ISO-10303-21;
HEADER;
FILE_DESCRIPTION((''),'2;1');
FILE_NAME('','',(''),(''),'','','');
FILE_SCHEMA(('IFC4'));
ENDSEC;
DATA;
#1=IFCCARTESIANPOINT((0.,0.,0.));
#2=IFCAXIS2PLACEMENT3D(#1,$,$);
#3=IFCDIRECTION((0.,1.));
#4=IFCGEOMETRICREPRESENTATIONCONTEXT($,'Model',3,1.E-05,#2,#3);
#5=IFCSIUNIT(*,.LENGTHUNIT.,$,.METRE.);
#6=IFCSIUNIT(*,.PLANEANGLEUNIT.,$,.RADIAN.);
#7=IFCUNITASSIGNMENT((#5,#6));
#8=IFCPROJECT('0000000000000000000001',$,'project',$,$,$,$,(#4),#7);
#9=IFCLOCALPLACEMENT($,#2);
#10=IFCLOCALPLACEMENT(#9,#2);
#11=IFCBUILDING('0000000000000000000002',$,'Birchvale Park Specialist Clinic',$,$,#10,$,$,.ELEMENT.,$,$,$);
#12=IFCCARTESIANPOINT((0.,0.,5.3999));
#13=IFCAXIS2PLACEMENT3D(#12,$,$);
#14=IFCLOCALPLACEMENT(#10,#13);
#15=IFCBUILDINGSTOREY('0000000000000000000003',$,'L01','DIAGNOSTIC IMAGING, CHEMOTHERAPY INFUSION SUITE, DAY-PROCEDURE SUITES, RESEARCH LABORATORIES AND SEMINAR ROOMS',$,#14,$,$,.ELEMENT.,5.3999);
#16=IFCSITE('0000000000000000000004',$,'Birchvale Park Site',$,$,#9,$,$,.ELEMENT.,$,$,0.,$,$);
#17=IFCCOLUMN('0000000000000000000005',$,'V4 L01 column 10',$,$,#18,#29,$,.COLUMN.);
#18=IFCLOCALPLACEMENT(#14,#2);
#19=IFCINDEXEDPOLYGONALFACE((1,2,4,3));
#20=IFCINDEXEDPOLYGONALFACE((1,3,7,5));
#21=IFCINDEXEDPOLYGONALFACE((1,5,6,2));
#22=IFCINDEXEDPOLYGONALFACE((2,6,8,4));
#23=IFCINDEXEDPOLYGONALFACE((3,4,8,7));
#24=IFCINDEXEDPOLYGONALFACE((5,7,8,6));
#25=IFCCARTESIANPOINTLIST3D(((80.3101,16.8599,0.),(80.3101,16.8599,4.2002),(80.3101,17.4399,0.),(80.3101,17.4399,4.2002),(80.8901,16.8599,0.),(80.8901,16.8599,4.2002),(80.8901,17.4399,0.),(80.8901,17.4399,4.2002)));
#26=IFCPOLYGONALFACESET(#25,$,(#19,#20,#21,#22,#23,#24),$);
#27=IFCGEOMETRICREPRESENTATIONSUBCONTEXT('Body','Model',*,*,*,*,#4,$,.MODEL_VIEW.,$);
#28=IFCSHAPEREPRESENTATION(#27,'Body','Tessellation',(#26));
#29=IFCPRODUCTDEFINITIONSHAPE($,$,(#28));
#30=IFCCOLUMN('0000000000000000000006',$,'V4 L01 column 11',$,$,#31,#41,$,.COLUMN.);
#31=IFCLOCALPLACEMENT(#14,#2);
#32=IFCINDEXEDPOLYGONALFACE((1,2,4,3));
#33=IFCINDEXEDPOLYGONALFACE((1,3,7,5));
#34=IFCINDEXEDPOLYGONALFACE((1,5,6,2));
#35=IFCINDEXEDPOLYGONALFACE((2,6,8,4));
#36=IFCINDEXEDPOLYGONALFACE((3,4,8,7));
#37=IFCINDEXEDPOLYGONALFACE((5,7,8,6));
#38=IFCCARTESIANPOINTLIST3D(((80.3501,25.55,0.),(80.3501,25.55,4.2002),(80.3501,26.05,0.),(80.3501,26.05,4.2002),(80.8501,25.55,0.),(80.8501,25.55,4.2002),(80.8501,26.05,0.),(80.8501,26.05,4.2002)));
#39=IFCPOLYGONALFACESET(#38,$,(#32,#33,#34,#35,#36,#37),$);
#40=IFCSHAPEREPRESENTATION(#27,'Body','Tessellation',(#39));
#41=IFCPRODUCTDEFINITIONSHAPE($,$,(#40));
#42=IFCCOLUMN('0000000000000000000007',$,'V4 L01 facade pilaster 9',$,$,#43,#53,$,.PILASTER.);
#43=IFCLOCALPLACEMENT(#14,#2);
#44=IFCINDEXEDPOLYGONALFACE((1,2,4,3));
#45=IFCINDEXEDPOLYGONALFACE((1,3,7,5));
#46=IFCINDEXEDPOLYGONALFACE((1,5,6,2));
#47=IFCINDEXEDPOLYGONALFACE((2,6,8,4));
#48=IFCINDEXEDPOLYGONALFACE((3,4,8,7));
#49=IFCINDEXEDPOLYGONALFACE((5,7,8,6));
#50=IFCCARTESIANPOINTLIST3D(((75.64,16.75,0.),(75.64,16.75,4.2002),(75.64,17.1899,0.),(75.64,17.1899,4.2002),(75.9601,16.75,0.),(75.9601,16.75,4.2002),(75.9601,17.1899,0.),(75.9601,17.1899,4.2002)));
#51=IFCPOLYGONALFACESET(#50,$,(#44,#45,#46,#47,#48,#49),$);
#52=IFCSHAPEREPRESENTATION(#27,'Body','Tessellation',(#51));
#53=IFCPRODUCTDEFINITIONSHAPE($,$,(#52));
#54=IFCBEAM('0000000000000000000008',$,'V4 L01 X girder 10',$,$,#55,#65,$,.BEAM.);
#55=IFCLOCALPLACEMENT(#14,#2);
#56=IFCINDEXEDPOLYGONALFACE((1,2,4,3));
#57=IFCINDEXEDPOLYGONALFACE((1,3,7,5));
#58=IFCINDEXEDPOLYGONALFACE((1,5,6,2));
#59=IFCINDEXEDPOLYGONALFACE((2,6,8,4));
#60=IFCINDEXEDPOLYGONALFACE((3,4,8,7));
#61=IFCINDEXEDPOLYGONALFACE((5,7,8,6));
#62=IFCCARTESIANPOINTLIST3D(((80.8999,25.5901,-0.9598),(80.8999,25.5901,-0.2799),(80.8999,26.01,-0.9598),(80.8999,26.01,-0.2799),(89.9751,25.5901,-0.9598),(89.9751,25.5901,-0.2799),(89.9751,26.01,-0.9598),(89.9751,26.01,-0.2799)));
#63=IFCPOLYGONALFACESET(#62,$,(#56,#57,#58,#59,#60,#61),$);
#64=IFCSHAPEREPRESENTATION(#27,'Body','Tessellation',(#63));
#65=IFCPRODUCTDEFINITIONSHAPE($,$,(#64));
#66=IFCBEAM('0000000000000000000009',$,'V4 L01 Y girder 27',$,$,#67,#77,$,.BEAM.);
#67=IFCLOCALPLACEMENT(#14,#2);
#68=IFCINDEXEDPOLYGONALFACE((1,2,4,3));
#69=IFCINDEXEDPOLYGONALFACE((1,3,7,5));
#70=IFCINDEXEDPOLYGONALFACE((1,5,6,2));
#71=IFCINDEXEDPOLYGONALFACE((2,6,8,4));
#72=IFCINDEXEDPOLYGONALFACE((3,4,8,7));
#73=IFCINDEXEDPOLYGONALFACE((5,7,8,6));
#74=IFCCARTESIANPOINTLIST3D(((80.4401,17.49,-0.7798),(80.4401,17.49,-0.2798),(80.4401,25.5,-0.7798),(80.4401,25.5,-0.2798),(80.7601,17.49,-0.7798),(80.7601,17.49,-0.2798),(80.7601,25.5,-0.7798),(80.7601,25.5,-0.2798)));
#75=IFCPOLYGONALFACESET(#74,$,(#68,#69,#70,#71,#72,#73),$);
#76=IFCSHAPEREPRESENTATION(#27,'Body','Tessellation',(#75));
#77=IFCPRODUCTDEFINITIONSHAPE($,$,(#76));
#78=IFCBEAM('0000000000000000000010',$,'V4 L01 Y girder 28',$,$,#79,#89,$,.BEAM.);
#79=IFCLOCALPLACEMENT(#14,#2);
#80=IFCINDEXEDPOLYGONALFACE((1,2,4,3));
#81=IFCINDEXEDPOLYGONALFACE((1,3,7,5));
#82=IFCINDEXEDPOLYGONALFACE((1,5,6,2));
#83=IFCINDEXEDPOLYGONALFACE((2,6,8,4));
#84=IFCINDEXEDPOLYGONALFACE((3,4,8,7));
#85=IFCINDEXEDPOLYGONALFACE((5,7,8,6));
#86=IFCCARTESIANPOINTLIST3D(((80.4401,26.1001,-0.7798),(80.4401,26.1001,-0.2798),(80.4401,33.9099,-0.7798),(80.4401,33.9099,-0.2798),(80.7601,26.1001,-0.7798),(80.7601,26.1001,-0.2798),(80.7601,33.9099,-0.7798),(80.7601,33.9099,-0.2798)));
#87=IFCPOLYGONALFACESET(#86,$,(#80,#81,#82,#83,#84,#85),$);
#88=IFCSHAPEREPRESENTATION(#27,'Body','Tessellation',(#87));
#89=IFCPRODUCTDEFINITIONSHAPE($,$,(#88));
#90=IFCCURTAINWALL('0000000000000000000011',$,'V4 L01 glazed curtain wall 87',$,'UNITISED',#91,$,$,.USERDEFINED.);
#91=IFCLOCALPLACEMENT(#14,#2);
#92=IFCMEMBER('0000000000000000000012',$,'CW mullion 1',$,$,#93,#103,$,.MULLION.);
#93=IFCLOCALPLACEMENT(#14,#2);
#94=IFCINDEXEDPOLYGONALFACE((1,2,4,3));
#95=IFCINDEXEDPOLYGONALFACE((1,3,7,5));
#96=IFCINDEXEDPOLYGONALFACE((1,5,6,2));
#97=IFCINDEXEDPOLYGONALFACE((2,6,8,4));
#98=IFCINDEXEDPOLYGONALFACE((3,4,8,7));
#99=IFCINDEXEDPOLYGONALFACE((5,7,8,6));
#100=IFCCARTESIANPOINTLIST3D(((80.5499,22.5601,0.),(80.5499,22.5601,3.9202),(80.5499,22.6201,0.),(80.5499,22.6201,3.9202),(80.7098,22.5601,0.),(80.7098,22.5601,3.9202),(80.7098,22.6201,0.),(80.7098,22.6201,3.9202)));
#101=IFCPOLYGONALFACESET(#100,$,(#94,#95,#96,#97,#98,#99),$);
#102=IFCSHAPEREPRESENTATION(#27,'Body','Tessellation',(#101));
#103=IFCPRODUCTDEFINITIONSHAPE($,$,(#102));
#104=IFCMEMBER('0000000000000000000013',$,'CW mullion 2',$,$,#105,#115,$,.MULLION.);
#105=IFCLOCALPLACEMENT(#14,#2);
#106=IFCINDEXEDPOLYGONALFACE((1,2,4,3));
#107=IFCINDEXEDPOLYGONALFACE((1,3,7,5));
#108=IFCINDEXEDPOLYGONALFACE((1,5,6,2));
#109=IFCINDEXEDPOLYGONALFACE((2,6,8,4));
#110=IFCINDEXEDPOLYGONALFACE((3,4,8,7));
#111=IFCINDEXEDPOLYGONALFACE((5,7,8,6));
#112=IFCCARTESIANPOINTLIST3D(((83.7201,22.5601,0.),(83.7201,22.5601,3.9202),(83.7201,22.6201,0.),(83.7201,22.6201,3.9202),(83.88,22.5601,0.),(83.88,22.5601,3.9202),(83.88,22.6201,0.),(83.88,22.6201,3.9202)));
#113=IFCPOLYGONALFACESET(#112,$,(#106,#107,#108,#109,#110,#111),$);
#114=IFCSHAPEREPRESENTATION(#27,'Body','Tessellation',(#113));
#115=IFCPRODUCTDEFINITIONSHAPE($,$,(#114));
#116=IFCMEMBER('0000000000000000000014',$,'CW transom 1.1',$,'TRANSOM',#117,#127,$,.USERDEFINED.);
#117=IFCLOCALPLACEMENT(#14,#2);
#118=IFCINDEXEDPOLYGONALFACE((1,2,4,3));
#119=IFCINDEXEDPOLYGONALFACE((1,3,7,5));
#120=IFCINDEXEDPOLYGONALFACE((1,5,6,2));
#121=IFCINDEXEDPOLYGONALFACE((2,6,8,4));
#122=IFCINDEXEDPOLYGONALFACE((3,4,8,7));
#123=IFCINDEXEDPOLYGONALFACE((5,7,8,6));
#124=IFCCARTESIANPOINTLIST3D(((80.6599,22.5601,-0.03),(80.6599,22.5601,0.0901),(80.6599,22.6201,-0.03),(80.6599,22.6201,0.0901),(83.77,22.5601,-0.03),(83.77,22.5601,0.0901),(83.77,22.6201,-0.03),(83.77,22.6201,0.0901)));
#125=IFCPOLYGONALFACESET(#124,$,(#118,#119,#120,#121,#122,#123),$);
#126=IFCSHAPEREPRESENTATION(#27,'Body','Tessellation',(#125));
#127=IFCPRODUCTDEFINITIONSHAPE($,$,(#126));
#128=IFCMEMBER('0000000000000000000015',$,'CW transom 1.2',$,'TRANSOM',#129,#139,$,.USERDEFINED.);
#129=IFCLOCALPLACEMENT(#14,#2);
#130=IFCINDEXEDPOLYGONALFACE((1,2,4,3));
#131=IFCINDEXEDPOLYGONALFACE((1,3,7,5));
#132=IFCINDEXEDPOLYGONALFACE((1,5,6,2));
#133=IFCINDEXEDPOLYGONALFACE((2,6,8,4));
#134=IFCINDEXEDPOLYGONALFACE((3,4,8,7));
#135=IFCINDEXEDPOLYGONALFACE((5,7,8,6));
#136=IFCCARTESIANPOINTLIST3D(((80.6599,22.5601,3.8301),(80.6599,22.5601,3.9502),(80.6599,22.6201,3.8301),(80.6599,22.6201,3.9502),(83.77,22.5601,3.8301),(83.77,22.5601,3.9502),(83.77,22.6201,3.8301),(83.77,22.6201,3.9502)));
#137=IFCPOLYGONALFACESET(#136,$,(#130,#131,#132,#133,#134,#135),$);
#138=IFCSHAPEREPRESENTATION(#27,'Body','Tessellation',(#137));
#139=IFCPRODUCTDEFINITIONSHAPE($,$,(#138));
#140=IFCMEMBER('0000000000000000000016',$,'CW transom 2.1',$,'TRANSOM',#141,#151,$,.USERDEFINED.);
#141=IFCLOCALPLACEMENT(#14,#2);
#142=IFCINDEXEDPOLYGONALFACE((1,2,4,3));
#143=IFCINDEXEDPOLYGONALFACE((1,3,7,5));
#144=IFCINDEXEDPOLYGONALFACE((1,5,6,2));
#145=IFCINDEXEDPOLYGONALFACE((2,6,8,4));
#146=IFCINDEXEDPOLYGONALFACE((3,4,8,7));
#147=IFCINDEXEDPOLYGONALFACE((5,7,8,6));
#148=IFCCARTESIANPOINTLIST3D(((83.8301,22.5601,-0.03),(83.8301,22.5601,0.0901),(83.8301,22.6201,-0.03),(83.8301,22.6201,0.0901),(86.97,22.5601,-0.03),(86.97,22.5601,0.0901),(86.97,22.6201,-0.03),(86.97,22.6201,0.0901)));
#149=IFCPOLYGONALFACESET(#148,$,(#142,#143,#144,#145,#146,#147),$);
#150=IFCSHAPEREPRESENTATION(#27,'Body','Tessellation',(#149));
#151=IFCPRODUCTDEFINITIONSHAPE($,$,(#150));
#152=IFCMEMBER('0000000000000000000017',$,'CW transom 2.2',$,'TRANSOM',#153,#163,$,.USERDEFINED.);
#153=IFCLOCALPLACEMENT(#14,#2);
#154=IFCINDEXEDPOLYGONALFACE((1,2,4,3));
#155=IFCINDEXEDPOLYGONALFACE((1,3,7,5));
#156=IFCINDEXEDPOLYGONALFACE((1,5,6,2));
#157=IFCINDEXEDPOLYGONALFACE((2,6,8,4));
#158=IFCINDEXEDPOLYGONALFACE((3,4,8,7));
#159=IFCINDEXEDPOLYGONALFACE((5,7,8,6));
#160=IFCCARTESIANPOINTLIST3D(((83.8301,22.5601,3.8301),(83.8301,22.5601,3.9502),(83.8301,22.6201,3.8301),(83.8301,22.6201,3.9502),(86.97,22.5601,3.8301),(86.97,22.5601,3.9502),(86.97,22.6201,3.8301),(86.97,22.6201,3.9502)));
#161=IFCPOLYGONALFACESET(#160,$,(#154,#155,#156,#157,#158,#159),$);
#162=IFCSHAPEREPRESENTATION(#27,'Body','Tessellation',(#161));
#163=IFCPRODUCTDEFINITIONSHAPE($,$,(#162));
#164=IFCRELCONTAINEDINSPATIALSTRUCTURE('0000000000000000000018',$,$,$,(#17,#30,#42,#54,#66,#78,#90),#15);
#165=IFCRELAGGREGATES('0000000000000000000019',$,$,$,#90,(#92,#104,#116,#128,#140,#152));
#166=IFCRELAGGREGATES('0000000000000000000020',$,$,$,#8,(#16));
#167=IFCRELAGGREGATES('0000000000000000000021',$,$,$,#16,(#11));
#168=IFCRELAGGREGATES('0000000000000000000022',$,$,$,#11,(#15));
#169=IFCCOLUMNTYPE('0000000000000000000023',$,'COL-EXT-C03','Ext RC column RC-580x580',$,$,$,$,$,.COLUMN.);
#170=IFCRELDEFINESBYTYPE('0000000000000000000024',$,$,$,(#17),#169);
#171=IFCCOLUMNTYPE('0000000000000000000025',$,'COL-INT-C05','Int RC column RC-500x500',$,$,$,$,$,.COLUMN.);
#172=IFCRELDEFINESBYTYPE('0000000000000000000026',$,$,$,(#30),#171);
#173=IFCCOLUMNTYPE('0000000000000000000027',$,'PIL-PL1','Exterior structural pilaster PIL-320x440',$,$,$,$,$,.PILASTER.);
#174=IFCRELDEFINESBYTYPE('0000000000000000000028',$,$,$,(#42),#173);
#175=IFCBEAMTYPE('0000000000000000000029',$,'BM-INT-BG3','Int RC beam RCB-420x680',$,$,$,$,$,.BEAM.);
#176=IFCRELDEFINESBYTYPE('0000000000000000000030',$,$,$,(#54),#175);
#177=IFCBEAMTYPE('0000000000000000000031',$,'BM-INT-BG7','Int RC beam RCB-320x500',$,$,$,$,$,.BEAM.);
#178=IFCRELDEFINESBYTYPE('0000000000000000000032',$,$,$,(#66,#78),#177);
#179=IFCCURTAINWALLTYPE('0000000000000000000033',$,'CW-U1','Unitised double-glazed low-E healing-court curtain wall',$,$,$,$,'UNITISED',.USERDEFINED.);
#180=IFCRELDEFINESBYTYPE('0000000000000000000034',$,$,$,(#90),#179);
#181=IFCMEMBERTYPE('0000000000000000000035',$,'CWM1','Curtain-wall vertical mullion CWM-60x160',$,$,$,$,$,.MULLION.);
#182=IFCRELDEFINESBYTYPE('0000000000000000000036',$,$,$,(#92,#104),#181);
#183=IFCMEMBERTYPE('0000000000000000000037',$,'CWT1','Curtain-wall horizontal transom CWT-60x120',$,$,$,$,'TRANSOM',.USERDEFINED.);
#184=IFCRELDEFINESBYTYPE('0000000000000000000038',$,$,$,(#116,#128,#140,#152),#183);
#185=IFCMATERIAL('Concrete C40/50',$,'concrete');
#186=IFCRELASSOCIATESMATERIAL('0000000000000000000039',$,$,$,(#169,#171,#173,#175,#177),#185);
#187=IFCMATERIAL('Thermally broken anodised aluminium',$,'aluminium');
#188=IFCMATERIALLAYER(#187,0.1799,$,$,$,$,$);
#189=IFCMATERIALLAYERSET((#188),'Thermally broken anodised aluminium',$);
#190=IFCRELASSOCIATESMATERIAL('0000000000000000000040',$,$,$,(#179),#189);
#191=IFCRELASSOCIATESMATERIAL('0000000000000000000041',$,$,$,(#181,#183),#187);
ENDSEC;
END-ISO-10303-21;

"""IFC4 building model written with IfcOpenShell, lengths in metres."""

from ifc_helpers import new_model, si_unit, direction, frame, origin, origin_2d, place, context, subcontext, project, spatial, rectangle, extrude, material, layer, layer_set, material_profile, profile_set, type_object, element, aggregate, save


model = new_model("IFC4")

# Units and contexts
model_context = context("Model", 3, precision=1e-05, world=origin(), true_north=direction((0.0, 1.0)))
body_context = subcontext(model_context, "Body", "Model", "MODEL_VIEW")
ifc_project = project(units=[si_unit("LENGTHUNIT", "METRE"), si_unit("PLANEANGLEUNIT", "RADIAN")], contexts=[model_context])

# Site, building, storey
site_placement = place(None, origin())
site = spatial("IfcSite", under=ifc_project, at=site_placement, Name="Birchvale Park Site", CompositionType="ELEMENT", RefElevation=0.0)
building_placement = place(site_placement, origin())
building = spatial("IfcBuilding", under=site, at=building_placement, Name="Birchvale Park Specialist Clinic", CompositionType="ELEMENT")
storey_placement = place(building_placement, frame((0.0, 0.0, 5.3999)))
storey = spatial("IfcBuildingStorey", under=building, at=storey_placement, Name="L01", Description="DIAGNOSTIC IMAGING, CHEMOTHERAPY INFUSION SUITE, DAY-PROCEDURE SUITES, RESEARCH LABORATORIES AND SEMINAR ROOMS", CompositionType="ELEMENT", Elevation=5.3999)

# Columns
ifc_material_1 = material(Name="Concrete C40/50", Category="concrete")
ifc_material_profile_1 = material_profile(ifc_material_1, rectangle(XDim=0.5801, YDim=0.5801, at=origin_2d()), Name="RC-580x580")
ifc_profile_set_1 = profile_set([ifc_material_profile_1], Name="Concrete C40/50")
column_type_1 = type_object("IfcColumnType", Name="COL-EXT-C03", Description="Ext RC column RC-580x580", PredefinedType="COLUMN", material=ifc_profile_set_1)
column_1_placement = place(storey_placement, frame((80.6001, 17.1499, 0.0), z_axis=(0.0, 0.0, 1.0), x_axis=(1.0, 0.0, 0.0)))
element("IfcColumn", 1, at=column_1_placement, inside=storey, type_object=column_type_1, Name="V4 L01 column 10", PredefinedType="COLUMN", context=body_context, shape_type="SweptSolid", body=[
    extrude(rectangle(XDim=0.5801, YDim=0.5801, at=origin_2d()), origin(), (0.0, 0.0, 1.0), 4.2002),
])
ifc_material_profile_2 = material_profile(ifc_material_1, rectangle(XDim=0.5, YDim=0.5, at=origin_2d()), Name="RC-500x500")
ifc_profile_set_2 = profile_set([ifc_material_profile_2], Name="Concrete C40/50")
column_type_2 = type_object("IfcColumnType", Name="COL-INT-C05", Description="Int RC column RC-500x500", PredefinedType="COLUMN", material=ifc_profile_set_2)
column_2_placement = place(storey_placement, frame((80.6001, 25.8, 0.0), z_axis=(0.0, 0.0, 1.0), x_axis=(1.0, 0.0, 0.0)))
element("IfcColumn", 2, at=column_2_placement, inside=storey, type_object=column_type_2, Name="V4 L01 column 11", PredefinedType="COLUMN", context=body_context, shape_type="SweptSolid", body=[
    extrude(rectangle(XDim=0.5, YDim=0.5, at=origin_2d()), origin(), (0.0, 0.0, 1.0), 4.2002),
])
ifc_material_profile_3 = material_profile(ifc_material_1, rectangle(XDim=0.3201, YDim=0.4399, at=origin_2d()), Name="PIL-320x440")
ifc_profile_set_3 = profile_set([ifc_material_profile_3], Name="Concrete C40/50")
column_type_3 = type_object("IfcColumnType", Name="PIL-PL1", Description="Exterior structural pilaster PIL-320x440", PredefinedType="PILASTER", material=ifc_profile_set_3)
column_3_placement = place(storey_placement, frame((75.8, 16.97, 0.0), z_axis=(0.0, 0.0, 1.0), x_axis=(1.0, 0.0, 0.0)))
element("IfcColumn", 3, at=column_3_placement, inside=storey, type_object=column_type_3, Name="V4 L01 facade pilaster 9", PredefinedType="PILASTER", context=body_context, shape_type="SweptSolid", body=[
    extrude(rectangle(XDim=0.3201, YDim=0.4399, at=origin_2d()), origin(), (0.0, 0.0, 1.0), 4.2002),
])

# Beams
ifc_material_profile_4 = material_profile(ifc_material_1, rectangle(XDim=0.4199, YDim=0.6799, at=origin_2d()), Name="RCB-420x680")
ifc_profile_set_4 = profile_set([ifc_material_profile_4], Name="Concrete C40/50")
beam_type_1 = type_object("IfcBeamType", Name="BM-INT-BG3", Description="Int RC beam RCB-420x680", PredefinedType="BEAM", material=ifc_profile_set_4)
beam_1_placement = place(storey_placement, frame((80.8999, 25.8, -0.6199), z_axis=(1.0, 0.0, 0.0), x_axis=(0.0, 1.0, 0.0)))
element("IfcBeam", 4, at=beam_1_placement, inside=storey, type_object=beam_type_1, Name="V4 L01 X girder 10", PredefinedType="BEAM", context=body_context, shape_type="SweptSolid", body=[
    extrude(rectangle(XDim=0.4199, YDim=0.6799, at=origin_2d()), origin(), (0.0, 0.0, 1.0), 9.0752),
])
ifc_material_profile_5 = material_profile(ifc_material_1, rectangle(XDim=0.3201, YDim=0.5, at=origin_2d()), Name="RCB-320x500")
ifc_profile_set_5 = profile_set([ifc_material_profile_5], Name="Concrete C40/50")
beam_type_2 = type_object("IfcBeamType", Name="BM-INT-BG7", Description="Int RC beam RCB-320x500", PredefinedType="BEAM", material=ifc_profile_set_5)
beam_2_placement = place(storey_placement, frame((80.6001, 17.49, -0.5298), z_axis=(0.0, 1.0, 0.0), x_axis=(-1.0, 0.0, 0.0)))
element("IfcBeam", 5, at=beam_2_placement, inside=storey, type_object=beam_type_2, Name="V4 L01 Y girder 27", PredefinedType="BEAM", context=body_context, shape_type="SweptSolid", body=[
    extrude(rectangle(XDim=0.3201, YDim=0.5, at=origin_2d()), origin(), (0.0, 0.0, 1.0), 8.01),
])
beam_3_placement = place(storey_placement, frame((80.6001, 26.1001, -0.5298), z_axis=(0.0, 1.0, 0.0), x_axis=(-1.0, 0.0, 0.0)))
element("IfcBeam", 6, at=beam_3_placement, inside=storey, type_object=beam_type_2, Name="V4 L01 Y girder 28", PredefinedType="BEAM", context=body_context, shape_type="SweptSolid", body=[
    extrude(rectangle(XDim=0.3201, YDim=0.5, at=origin_2d()), origin(), (0.0, 0.0, 1.0), 7.8098),
])

# Curtain wall, members
ifc_material_2 = material(Name="Thermally broken anodised aluminium", Category="aluminium")
ifc_layer_1 = layer(ifc_material_2, 0.1799)
ifc_layer_set_1 = layer_set([ifc_layer_1], Name="Thermally broken anodised aluminium")
curtain_wall_type = type_object("IfcCurtainWallType", Name="CW-U1", Description="Unitised double-glazed low-E healing-court curtain wall", ElementType="UNITISED", PredefinedType="USERDEFINED", material=ifc_layer_set_1)
curtain_wall_placement = place(storey_placement, origin())
curtain_wall = element("IfcCurtainWall", 7, at=curtain_wall_placement, inside=storey, type_object=curtain_wall_type, Name="V4 L01 glazed curtain wall 87", ObjectType="UNITISED", PredefinedType="USERDEFINED")
ifc_material_profile_6 = material_profile(ifc_material_2, rectangle(XDim=0.0601, YDim=0.1599, at=origin_2d()), Name="CWM-60x160")
ifc_profile_set_6 = profile_set([ifc_material_profile_6], Name="Thermally broken anodised aluminium")
member_type_1 = type_object("IfcMemberType", Name="CWM1", Description="Curtain-wall vertical mullion CWM-60x160", PredefinedType="MULLION", material=ifc_profile_set_6)
member_1_placement = place(storey_placement, frame((80.6299, 22.5901, 0.0), z_axis=(0.0, 0.0, 1.0), x_axis=(0.0, 1.0, 0.0)))
member_1 = element("IfcMember", 8, at=member_1_placement, type_object=member_type_1, Name="CW mullion 1", PredefinedType="MULLION", context=body_context, shape_type="SweptSolid", body=[
    extrude(rectangle(XDim=0.0601, YDim=0.1599, at=origin_2d()), origin(), (0.0, 0.0, 1.0), 3.9202),
])
member_2_placement = place(storey_placement, frame((83.8, 22.5901, 0.0), z_axis=(0.0, 0.0, 1.0), x_axis=(0.0, 1.0, 0.0)))
member_2 = element("IfcMember", 9, at=member_2_placement, type_object=member_type_1, Name="CW mullion 2", PredefinedType="MULLION", context=body_context, shape_type="SweptSolid", body=[
    extrude(rectangle(XDim=0.0601, YDim=0.1599, at=origin_2d()), origin(), (0.0, 0.0, 1.0), 3.9202),
])
ifc_material_profile_7 = material_profile(ifc_material_2, rectangle(XDim=0.0601, YDim=0.1201, at=origin_2d()), Name="CWT-60x120")
ifc_profile_set_7 = profile_set([ifc_material_profile_7], Name="Thermally broken anodised aluminium")
member_type_2 = type_object("IfcMemberType", Name="CWT1", Description="Curtain-wall horizontal transom CWT-60x120", ElementType="TRANSOM", PredefinedType="USERDEFINED", material=ifc_profile_set_7)
member_3_placement = place(storey_placement, frame((80.6599, 22.5901, 0.03), z_axis=(1.0, 0.0, 0.0), x_axis=(0.0, 1.0, 0.0)))
member_3 = element("IfcMember", 10, at=member_3_placement, type_object=member_type_2, Name="CW transom 1.1", ObjectType="TRANSOM", PredefinedType="USERDEFINED", context=body_context, shape_type="SweptSolid", body=[
    extrude(rectangle(XDim=0.0601, YDim=0.1201, at=origin_2d()), origin(), (0.0, 0.0, 1.0), 3.1101),
])
member_4_placement = place(storey_placement, frame((80.6599, 22.5901, 3.8901), z_axis=(1.0, 0.0, 0.0), x_axis=(0.0, 1.0, 0.0)))
member_4 = element("IfcMember", 11, at=member_4_placement, type_object=member_type_2, Name="CW transom 1.2", ObjectType="TRANSOM", PredefinedType="USERDEFINED", context=body_context, shape_type="SweptSolid", body=[
    extrude(rectangle(XDim=0.0601, YDim=0.1201, at=origin_2d()), origin(), (0.0, 0.0, 1.0), 3.1101),
])
member_5_placement = place(storey_placement, frame((83.8301, 22.5901, 0.03), z_axis=(1.0, 0.0, 0.0), x_axis=(0.0, 1.0, 0.0)))
member_5 = element("IfcMember", 12, at=member_5_placement, type_object=member_type_2, Name="CW transom 2.1", ObjectType="TRANSOM", PredefinedType="USERDEFINED", context=body_context, shape_type="SweptSolid", body=[
    extrude(rectangle(XDim=0.0601, YDim=0.1201, at=origin_2d()), origin(), (0.0, 0.0, 1.0), 3.1399),
])
member_6_placement = place(storey_placement, frame((83.8301, 22.5901, 3.8901), z_axis=(1.0, 0.0, 0.0), x_axis=(0.0, 1.0, 0.0)))
member_6 = element("IfcMember", 13, at=member_6_placement, type_object=member_type_2, Name="CW transom 2.2", ObjectType="TRANSOM", PredefinedType="USERDEFINED", context=body_context, shape_type="SweptSolid", body=[
    extrude(rectangle(XDim=0.0601, YDim=0.1201, at=origin_2d()), origin(), (0.0, 0.0, 1.0), 3.1399),
])

aggregate(curtain_wall, [member_1, member_2, member_3, member_4, member_5, member_6])

save(model, "model.ifc")
